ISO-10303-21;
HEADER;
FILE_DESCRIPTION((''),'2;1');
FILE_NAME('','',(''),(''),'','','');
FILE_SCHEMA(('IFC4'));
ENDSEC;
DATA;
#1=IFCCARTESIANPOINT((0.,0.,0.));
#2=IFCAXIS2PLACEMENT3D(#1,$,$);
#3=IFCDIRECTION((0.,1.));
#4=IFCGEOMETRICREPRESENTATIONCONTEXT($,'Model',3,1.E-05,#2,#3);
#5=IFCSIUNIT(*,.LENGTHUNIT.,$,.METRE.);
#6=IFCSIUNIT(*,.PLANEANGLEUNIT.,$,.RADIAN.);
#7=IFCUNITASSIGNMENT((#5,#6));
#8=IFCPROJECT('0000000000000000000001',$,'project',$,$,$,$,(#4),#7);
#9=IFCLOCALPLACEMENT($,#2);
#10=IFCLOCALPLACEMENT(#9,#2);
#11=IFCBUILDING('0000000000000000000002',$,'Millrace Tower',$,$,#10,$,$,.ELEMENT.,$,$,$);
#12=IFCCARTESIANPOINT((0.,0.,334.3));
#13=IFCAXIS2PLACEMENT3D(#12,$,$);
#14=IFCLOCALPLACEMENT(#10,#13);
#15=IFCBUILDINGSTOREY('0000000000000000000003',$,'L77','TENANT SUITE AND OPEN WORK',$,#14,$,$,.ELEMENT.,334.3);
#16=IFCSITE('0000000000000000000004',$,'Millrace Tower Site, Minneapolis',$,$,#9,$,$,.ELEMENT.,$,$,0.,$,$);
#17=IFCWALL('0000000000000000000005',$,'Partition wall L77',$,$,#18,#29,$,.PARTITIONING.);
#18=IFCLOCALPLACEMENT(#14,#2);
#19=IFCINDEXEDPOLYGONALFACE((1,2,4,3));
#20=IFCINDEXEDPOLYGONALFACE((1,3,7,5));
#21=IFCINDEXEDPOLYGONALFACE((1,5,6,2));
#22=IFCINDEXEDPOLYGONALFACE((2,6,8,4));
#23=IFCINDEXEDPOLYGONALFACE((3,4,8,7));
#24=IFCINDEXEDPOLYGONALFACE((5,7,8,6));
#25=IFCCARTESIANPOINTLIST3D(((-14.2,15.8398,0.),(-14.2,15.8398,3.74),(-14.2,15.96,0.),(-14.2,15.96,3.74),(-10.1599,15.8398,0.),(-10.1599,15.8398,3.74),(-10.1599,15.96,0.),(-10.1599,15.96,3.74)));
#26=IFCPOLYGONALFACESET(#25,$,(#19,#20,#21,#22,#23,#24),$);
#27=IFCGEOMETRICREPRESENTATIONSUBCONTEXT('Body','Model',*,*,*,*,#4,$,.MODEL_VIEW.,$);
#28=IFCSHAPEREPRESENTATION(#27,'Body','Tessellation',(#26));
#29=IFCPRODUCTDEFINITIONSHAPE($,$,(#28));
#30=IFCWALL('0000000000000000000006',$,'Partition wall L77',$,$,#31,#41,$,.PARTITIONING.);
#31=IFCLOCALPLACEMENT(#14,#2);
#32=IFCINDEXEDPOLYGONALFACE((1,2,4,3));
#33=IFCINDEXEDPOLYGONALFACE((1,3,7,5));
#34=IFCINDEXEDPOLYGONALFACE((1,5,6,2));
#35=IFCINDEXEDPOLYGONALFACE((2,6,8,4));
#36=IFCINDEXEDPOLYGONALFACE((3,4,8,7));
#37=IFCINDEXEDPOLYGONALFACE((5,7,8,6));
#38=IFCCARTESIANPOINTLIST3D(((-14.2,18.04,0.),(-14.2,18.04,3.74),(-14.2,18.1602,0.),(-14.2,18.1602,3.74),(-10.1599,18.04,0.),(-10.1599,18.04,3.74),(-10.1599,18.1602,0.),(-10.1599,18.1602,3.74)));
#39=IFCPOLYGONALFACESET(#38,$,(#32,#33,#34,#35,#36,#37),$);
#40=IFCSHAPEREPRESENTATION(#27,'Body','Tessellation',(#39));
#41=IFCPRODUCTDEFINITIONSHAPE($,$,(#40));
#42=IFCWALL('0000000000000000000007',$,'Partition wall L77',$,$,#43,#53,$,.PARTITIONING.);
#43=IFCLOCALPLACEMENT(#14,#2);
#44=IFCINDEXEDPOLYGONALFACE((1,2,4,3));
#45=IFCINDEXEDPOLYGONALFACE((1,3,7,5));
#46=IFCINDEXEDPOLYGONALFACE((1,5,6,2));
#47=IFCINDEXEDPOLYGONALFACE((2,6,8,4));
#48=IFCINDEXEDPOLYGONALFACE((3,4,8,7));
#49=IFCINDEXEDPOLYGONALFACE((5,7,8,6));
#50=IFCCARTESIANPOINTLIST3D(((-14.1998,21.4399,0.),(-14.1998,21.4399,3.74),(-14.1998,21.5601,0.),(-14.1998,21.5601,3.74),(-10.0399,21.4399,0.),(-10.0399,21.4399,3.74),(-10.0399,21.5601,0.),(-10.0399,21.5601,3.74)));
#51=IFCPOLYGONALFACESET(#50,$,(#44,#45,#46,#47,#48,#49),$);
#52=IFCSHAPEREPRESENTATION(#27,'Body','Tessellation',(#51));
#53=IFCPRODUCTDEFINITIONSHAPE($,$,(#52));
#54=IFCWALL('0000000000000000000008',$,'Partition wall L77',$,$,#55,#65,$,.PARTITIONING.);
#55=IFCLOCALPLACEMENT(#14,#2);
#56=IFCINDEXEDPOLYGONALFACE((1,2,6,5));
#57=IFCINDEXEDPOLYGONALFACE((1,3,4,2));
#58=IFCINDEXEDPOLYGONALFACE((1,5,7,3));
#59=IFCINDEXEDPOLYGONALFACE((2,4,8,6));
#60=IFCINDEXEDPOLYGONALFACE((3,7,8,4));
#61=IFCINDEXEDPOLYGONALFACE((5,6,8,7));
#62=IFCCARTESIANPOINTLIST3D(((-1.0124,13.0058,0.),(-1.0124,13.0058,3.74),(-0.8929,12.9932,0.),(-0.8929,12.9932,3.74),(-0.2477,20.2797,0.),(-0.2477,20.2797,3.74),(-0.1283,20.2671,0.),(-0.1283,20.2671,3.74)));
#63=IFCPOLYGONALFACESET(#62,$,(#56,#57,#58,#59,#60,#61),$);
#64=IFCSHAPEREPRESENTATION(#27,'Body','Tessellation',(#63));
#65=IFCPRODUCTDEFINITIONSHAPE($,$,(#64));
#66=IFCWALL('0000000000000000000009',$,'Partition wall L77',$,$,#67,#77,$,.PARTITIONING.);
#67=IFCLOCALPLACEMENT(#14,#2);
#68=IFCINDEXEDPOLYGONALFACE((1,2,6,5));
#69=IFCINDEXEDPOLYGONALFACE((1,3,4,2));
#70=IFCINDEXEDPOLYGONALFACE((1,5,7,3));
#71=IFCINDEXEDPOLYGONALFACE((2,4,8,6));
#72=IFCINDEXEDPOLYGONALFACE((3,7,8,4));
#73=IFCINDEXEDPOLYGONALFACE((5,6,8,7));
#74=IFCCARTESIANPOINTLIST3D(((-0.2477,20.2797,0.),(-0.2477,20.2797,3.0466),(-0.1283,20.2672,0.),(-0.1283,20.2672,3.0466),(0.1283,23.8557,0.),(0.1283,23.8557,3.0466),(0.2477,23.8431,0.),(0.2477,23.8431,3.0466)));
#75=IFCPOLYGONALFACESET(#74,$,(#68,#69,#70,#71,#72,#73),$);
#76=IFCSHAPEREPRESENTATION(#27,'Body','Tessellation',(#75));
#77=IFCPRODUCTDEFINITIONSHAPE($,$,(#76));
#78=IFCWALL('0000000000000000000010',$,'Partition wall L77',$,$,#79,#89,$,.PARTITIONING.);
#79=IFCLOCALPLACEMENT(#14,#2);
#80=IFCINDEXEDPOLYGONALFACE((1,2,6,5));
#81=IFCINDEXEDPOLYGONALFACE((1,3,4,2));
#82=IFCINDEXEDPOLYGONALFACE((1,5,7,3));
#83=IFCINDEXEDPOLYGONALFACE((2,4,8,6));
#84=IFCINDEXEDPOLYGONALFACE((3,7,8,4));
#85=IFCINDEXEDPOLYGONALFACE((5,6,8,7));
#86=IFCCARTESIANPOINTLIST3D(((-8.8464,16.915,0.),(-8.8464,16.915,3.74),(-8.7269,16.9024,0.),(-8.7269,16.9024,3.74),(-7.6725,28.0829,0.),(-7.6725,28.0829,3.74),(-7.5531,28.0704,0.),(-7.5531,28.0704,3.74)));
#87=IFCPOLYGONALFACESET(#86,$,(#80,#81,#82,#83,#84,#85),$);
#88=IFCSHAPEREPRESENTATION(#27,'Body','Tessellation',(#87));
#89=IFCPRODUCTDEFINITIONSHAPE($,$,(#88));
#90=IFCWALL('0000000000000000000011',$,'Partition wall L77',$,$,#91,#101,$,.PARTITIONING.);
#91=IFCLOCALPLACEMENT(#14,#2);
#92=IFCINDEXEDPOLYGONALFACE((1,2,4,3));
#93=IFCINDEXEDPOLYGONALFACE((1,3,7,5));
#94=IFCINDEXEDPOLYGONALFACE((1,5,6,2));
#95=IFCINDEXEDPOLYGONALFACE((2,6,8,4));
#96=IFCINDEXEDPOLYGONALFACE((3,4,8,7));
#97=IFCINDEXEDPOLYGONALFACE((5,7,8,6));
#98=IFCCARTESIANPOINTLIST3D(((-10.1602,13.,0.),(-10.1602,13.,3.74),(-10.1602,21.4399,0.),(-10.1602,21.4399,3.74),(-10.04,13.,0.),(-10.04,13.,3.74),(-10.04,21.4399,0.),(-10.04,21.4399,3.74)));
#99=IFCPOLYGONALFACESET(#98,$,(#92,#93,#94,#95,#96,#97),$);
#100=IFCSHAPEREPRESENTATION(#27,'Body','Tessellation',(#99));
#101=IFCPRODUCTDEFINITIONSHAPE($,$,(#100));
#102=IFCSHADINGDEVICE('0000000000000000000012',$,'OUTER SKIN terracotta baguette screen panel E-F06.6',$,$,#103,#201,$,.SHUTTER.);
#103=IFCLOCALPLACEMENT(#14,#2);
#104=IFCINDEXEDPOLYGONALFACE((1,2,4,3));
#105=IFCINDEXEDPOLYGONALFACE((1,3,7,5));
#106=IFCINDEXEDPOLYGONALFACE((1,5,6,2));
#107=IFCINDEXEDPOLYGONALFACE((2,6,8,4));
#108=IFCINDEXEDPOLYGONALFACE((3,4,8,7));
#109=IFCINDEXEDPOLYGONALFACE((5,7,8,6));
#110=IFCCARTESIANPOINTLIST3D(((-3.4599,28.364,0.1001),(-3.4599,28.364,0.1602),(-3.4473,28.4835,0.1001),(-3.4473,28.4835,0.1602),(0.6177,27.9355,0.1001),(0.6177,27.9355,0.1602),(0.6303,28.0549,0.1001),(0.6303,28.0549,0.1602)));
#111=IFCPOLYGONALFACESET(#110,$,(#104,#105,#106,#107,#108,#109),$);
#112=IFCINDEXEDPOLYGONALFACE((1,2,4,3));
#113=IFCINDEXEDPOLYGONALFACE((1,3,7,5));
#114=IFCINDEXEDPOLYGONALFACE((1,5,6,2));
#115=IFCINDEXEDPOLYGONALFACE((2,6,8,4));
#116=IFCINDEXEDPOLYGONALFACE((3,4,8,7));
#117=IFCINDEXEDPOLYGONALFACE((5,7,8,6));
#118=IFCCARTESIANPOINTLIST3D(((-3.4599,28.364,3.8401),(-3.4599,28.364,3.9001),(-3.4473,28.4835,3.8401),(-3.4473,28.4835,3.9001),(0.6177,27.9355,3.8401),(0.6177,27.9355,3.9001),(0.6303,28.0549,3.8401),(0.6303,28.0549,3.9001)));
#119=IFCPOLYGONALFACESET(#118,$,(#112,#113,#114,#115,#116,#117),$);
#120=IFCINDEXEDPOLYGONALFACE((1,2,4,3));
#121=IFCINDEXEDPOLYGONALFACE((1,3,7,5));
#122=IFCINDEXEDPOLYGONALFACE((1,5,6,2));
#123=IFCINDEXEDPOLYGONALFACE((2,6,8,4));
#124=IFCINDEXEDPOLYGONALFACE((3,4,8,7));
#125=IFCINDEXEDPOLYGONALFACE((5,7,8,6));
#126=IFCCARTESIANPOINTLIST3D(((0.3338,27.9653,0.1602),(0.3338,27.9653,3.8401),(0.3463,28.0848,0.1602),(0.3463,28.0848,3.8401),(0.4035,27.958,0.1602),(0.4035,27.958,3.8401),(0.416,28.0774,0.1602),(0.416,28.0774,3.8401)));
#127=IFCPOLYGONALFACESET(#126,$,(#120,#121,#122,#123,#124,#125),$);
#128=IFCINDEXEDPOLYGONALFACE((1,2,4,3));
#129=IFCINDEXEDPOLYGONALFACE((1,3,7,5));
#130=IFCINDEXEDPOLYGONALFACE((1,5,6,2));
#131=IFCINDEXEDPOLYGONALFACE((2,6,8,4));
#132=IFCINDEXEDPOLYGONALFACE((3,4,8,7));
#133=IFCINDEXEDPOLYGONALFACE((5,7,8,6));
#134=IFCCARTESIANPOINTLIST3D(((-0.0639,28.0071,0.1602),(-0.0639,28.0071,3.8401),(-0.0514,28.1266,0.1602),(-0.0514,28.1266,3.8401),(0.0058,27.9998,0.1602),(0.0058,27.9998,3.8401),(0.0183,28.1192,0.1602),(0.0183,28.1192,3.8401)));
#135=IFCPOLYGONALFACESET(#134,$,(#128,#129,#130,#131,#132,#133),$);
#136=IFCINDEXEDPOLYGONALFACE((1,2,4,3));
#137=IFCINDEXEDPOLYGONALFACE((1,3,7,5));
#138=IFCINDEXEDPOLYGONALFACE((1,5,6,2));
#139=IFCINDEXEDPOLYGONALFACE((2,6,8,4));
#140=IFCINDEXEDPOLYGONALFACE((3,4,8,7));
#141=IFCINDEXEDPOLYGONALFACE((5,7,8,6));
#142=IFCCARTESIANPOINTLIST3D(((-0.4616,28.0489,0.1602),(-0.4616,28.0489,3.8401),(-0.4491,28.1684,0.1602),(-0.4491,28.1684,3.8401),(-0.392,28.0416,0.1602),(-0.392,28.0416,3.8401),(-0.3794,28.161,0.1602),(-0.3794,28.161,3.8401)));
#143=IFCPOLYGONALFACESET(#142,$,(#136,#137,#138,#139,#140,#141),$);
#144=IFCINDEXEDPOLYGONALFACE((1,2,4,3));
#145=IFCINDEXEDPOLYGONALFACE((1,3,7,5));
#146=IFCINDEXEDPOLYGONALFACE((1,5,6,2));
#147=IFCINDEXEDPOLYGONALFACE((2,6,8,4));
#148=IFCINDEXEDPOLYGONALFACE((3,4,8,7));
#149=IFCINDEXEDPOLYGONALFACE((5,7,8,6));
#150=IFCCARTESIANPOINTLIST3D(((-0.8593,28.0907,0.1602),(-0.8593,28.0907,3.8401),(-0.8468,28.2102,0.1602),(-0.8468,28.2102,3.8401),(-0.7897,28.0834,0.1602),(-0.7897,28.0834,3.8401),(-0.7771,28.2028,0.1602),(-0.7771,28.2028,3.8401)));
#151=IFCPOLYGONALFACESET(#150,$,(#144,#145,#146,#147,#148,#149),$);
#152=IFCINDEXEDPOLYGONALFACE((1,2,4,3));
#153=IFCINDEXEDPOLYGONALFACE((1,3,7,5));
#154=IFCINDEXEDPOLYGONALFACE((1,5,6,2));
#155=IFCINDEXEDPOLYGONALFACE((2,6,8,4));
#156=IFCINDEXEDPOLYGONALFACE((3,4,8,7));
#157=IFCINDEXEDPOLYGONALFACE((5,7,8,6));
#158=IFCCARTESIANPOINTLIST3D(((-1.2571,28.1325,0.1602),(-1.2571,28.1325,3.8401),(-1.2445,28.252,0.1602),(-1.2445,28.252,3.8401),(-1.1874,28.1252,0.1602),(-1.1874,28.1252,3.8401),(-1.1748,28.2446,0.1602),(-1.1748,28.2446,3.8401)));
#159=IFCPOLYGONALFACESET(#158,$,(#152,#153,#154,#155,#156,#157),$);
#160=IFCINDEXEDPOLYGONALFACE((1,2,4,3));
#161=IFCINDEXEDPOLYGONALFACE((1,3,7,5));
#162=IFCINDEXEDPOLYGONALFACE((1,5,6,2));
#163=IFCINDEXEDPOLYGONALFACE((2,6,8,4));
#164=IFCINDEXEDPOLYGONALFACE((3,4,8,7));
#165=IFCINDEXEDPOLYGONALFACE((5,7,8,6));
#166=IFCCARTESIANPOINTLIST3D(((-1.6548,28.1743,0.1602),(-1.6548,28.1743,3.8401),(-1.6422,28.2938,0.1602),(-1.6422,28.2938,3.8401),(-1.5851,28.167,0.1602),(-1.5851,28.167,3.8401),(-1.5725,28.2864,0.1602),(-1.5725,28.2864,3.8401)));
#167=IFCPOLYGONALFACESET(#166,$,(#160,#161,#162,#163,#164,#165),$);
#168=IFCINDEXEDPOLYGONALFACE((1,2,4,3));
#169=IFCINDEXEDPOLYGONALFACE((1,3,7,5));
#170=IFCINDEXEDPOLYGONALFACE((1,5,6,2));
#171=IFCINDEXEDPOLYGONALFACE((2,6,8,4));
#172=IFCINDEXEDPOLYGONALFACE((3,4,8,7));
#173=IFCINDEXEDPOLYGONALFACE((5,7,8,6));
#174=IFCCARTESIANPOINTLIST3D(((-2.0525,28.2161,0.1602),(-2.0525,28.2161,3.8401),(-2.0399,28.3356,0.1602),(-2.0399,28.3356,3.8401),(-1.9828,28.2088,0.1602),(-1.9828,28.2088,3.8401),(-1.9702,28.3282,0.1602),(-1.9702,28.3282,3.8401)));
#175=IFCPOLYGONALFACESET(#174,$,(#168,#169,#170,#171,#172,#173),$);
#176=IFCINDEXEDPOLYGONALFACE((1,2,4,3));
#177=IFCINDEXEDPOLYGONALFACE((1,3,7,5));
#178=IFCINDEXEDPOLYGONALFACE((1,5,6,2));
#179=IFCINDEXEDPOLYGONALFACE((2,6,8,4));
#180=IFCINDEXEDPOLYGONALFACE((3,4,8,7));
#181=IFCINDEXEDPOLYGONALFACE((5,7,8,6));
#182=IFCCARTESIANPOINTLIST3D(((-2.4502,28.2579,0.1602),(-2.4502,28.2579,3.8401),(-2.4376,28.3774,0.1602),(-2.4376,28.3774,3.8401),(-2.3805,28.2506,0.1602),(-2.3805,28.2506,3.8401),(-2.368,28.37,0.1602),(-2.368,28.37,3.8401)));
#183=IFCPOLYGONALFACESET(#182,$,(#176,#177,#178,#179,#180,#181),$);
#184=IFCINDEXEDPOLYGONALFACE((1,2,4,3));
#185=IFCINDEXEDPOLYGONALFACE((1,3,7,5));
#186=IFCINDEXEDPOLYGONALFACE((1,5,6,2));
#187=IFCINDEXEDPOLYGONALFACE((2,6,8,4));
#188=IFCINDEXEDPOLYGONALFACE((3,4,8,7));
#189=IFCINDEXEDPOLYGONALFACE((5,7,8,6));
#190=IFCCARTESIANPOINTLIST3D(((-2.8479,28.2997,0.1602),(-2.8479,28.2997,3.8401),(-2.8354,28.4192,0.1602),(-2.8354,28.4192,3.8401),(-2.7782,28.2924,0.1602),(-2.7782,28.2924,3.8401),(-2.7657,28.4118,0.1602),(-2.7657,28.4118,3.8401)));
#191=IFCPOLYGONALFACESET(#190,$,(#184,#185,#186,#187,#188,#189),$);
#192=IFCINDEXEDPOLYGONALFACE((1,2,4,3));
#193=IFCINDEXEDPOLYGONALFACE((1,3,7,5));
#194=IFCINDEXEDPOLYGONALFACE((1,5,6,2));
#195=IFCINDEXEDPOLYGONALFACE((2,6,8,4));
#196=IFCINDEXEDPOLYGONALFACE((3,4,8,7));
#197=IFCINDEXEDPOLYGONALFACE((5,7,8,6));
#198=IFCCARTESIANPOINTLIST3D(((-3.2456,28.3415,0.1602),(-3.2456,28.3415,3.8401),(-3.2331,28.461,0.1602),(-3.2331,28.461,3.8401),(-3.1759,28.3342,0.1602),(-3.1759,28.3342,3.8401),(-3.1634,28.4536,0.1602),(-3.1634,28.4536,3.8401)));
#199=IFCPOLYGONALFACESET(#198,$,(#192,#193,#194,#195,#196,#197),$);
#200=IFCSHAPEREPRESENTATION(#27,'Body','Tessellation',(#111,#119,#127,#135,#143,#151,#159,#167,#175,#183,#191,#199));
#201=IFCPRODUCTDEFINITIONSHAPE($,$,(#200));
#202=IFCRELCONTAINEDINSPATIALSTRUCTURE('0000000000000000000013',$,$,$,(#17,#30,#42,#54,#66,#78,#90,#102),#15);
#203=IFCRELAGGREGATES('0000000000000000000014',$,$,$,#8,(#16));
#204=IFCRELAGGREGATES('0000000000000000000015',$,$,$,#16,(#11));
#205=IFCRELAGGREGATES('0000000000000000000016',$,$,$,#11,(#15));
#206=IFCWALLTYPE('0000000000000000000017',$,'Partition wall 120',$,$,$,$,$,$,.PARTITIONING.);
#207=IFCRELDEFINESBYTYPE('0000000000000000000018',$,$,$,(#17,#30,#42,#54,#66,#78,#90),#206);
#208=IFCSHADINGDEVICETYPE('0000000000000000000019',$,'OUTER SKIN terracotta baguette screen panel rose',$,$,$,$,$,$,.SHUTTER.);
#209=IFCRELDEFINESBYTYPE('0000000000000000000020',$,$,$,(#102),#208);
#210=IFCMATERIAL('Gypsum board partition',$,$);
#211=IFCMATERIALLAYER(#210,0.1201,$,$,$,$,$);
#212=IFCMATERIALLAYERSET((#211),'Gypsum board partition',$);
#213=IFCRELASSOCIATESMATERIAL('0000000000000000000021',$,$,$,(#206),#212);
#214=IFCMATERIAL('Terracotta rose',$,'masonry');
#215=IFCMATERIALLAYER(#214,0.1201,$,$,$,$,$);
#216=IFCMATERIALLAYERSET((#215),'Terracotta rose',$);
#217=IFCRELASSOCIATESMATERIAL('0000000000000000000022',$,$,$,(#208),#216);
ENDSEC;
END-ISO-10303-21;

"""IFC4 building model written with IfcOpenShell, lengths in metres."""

from ifc_helpers import new_model, entity, si_unit, direction, frame, frame_2d, origin, place, context, subcontext, project, spatial, rectangle, extrude, source, transform, mapped, material, layer, layer_set, type_object, element, save


model = new_model("IFC4")

# Units and contexts
model_context = context("Model", 3, precision=1e-05, world=origin(), true_north=direction((0.0, 1.0)))
body_context = subcontext(model_context, "Body", "Model", "MODEL_VIEW")
ifc_project = project(units=[si_unit("LENGTHUNIT", "METRE"), si_unit("PLANEANGLEUNIT", "RADIAN")], contexts=[model_context])

# Site, building, storey
site_placement = place(None, origin())
site = spatial("IfcSite", under=ifc_project, at=site_placement, Name="Millrace Tower Site, Minneapolis", CompositionType="ELEMENT", RefElevation=0.0)
building_placement = place(site_placement, origin())
building = spatial("IfcBuilding", under=site, at=building_placement, Name="Millrace Tower", CompositionType="ELEMENT")
storey_placement = place(building_placement, frame((0.0, 0.0, 334.3)))
storey = spatial("IfcBuildingStorey", under=building, at=storey_placement, Name="L77", Description="TENANT SUITE AND OPEN WORK", CompositionType="ELEMENT", Elevation=334.3)

# Walls
ifc_material_1 = material(Name="Gypsum board partition")
ifc_layer_1 = layer(ifc_material_1, 0.1201)
ifc_layer_set_1 = layer_set([ifc_layer_1], Name="Gypsum board partition")
wall_type_1 = type_object("IfcWallType", Name="Partition wall 120", PredefinedType="PARTITIONING", material=ifc_layer_set_1)
for number, where, z_axis, x_axis, name in (
    (1, (-14.2, 15.8999, 0.0), (0.0, 0.0, 1.0), (1.0, 0.0, 0.0), "Partition wall L77"),
    (2, (-14.2, 18.1001, 0.0), (0.0, 0.0, 1.0), (1.0, 0.0, 0.0), "Partition wall L77"),
):
    element("IfcWall", number, at=place(storey_placement, frame(where, z_axis=z_axis, x_axis=x_axis)), inside=storey, type_object=wall_type_1, Name=name, PredefinedType="PARTITIONING", context=body_context, shape_type="SweptSolid", body=[
        extrude(rectangle(XDim=4.04, YDim=0.1201, at=frame_2d((2.02, 0.0))), origin(), (0.0, 0.0, 1.0), 3.74),
    ])
wall_1_placement = place(storey_placement, frame((-14.2, 21.5, 0.0), z_axis=(0.0, 0.0, 1.0), x_axis=(1.0, 0.0, 0.0)))
element("IfcWall", 3, at=wall_1_placement, inside=storey, type_object=wall_type_1, Name="Partition wall L77", PredefinedType="PARTITIONING", context=body_context, shape_type="SweptSolid", body=[
    extrude(rectangle(XDim=4.1599, YDim=0.1201, at=frame_2d((2.0801, 0.0))), origin(), (0.0, 0.0, 1.0), 3.74),
])
wall_2_placement = place(storey_placement, frame((-0.9526, 12.9995, 0.0), z_axis=(0.0, 0.0, 1.0), x_axis=(0.104546, 0.99452, 0.0)))
element("IfcWall", 4, at=wall_2_placement, inside=storey, type_object=wall_type_1, Name="Partition wall L77", PredefinedType="PARTITIONING", context=body_context, shape_type="SweptSolid", body=[
    extrude(rectangle(XDim=7.314, YDim=0.1201, at=frame_2d((3.657, 0.0))), origin(), (0.0, 0.0, 1.0), 3.74),
])
wall_3_placement = place(storey_placement, frame((-0.188, 20.2734, 0.0), z_axis=(0.0, 0.0, 1.0), x_axis=(0.104565, 0.994518, 0.0)))
element("IfcWall", 5, at=wall_3_placement, inside=storey, type_object=wall_type_1, Name="Partition wall L77", PredefinedType="PARTITIONING", context=body_context, shape_type="SweptSolid", body=[
    extrude(rectangle(XDim=3.5957, YDim=0.1201, at=frame_2d((1.7979, 0.0))), origin(), (0.0, 0.0, 1.0), 3.0466),
])
wall_4_placement = place(storey_placement, frame((-8.7866, 16.9087, 0.0), z_axis=(0.0, 0.0, 1.0), x_axis=(0.104531, 0.994522, 0.0)))
element("IfcWall", 6, at=wall_4_placement, inside=storey, type_object=wall_type_1, Name="Partition wall L77", PredefinedType="PARTITIONING", context=body_context, shape_type="SweptSolid", body=[
    extrude(rectangle(XDim=11.2295, YDim=0.1201, at=frame_2d((5.6147, 0.0))), origin(), (0.0, 0.0, 1.0), 3.74),
])
wall_5_placement = place(storey_placement, frame((-10.1001, 13.0, 0.0), z_axis=(0.0, 0.0, 1.0), x_axis=(0.0, 1.0, 0.0)))
element("IfcWall", 7, at=wall_5_placement, inside=storey, type_object=wall_type_1, Name="Partition wall L77", PredefinedType="PARTITIONING", context=body_context, shape_type="SweptSolid", body=[
    extrude(rectangle(XDim=8.4399, YDim=0.1201, at=frame_2d((4.22, 0.0))), origin(), (0.0, 0.0, 1.0), 3.74),
])

# Shading device
ifc_material_2 = material(Name="Terracotta rose", Category="masonry")
ifc_layer_2 = layer(ifc_material_2, 0.1201)
ifc_layer_set_2 = layer_set([ifc_layer_2], Name="Terracotta rose")
shading_device_type = type_object("IfcShadingDeviceType", Name="OUTER SKIN terracotta baguette screen panel rose", PredefinedType="SHUTTER", material=ifc_layer_set_2)
cartesian_point_1 = entity("IfcCartesianPoint", [-2.05, 0.0601])
shared_polyline_1 = entity("IfcPolyline", [cartesian_point_1, entity("IfcCartesianPoint", [2.05, 0.0601]), entity("IfcCartesianPoint", [2.05, -0.0601]), entity("IfcCartesianPoint", [-2.05, -0.0601]), cartesian_point_1])
shared_shape_1 = source(origin(), body_context, "Body", "SweptSolid", [
    entity("IfcExtrudedAreaSolid", entity("IfcArbitraryClosedProfileDef", "AREA", None, shared_polyline_1), entity("IfcAxis2Placement3D", entity("IfcCartesianPoint", [0.0, 0.0, 0.0])), entity("IfcDirection", [0.0, 0.0, 1.0]), 0.0601),
    entity("IfcExtrudedAreaSolid", entity("IfcArbitraryClosedProfileDef", "AREA", None, shared_polyline_1), entity("IfcAxis2Placement3D", entity("IfcCartesianPoint", [0.0, 0.0, 3.74])), entity("IfcDirection", [0.0, 0.0, 1.0]), 0.0601),
    extrude(rectangle(XDim=0.0701, YDim=0.1201, at=frame_2d((-1.7996, 0.0))), frame((0.0, 0.0, 0.0601)), (0.0, 0.0, 1.0), 3.6799),
    extrude(rectangle(XDim=0.0701, YDim=0.1201, at=frame_2d((-1.3997, 0.0))), frame((0.0, 0.0, 0.0601)), (0.0, 0.0, 1.0), 3.6799),
    extrude(rectangle(XDim=0.0701, YDim=0.1201, at=frame_2d((-0.9998, 0.0))), frame((0.0, 0.0, 0.0601)), (0.0, 0.0, 1.0), 3.6799),
    extrude(rectangle(XDim=0.0701, YDim=0.1201, at=frame_2d((-0.5999, 0.0))), frame((0.0, 0.0, 0.0601)), (0.0, 0.0, 1.0), 3.6799),
    extrude(rectangle(XDim=0.0701, YDim=0.1201, at=frame_2d((-0.2, 0.0))), frame((0.0, 0.0, 0.0601)), (0.0, 0.0, 1.0), 3.6799),
    extrude(rectangle(XDim=0.0701, YDim=0.1201, at=frame_2d((0.2, 0.0))), frame((0.0, 0.0, 0.0601)), (0.0, 0.0, 1.0), 3.6799),
    extrude(rectangle(XDim=0.0701, YDim=0.1201, at=frame_2d((0.5999, 0.0))), frame((0.0, 0.0, 0.0601)), (0.0, 0.0, 1.0), 3.6799),
    extrude(rectangle(XDim=0.0701, YDim=0.1201, at=frame_2d((0.9998, 0.0))), frame((0.0, 0.0, 0.0601)), (0.0, 0.0, 1.0), 3.6799),
    extrude(rectangle(XDim=0.0701, YDim=0.1201, at=frame_2d((1.3997, 0.0))), frame((0.0, 0.0, 0.0601)), (0.0, 0.0, 1.0), 3.6799),
    extrude(rectangle(XDim=0.0701, YDim=0.1201, at=frame_2d((1.7996, 0.0))), frame((0.0, 0.0, 0.0601)), (0.0, 0.0, 1.0), 3.6799),
])
for number, where, z_axis, x_axis, name in (
    (8, (-1.4148, 28.2095, 0.1001), (0.0, 0.0, 1.0), (-0.994522, 0.104528, 0.0), "OUTER SKIN terracotta baguette screen panel E-F06.6"),
):
    element("IfcShadingDevice", number, at=place(storey_placement, frame(where, z_axis=z_axis, x_axis=x_axis)), inside=storey, type_object=shading_device_type, Name=name, PredefinedType="SHUTTER", context=body_context, shape_type="MappedRepresentation", body=[
        mapped(shared_shape_1, transform((0.0, 0.0, 0.0), scale=1.0)),
    ])

save(model, "model.ifc")
